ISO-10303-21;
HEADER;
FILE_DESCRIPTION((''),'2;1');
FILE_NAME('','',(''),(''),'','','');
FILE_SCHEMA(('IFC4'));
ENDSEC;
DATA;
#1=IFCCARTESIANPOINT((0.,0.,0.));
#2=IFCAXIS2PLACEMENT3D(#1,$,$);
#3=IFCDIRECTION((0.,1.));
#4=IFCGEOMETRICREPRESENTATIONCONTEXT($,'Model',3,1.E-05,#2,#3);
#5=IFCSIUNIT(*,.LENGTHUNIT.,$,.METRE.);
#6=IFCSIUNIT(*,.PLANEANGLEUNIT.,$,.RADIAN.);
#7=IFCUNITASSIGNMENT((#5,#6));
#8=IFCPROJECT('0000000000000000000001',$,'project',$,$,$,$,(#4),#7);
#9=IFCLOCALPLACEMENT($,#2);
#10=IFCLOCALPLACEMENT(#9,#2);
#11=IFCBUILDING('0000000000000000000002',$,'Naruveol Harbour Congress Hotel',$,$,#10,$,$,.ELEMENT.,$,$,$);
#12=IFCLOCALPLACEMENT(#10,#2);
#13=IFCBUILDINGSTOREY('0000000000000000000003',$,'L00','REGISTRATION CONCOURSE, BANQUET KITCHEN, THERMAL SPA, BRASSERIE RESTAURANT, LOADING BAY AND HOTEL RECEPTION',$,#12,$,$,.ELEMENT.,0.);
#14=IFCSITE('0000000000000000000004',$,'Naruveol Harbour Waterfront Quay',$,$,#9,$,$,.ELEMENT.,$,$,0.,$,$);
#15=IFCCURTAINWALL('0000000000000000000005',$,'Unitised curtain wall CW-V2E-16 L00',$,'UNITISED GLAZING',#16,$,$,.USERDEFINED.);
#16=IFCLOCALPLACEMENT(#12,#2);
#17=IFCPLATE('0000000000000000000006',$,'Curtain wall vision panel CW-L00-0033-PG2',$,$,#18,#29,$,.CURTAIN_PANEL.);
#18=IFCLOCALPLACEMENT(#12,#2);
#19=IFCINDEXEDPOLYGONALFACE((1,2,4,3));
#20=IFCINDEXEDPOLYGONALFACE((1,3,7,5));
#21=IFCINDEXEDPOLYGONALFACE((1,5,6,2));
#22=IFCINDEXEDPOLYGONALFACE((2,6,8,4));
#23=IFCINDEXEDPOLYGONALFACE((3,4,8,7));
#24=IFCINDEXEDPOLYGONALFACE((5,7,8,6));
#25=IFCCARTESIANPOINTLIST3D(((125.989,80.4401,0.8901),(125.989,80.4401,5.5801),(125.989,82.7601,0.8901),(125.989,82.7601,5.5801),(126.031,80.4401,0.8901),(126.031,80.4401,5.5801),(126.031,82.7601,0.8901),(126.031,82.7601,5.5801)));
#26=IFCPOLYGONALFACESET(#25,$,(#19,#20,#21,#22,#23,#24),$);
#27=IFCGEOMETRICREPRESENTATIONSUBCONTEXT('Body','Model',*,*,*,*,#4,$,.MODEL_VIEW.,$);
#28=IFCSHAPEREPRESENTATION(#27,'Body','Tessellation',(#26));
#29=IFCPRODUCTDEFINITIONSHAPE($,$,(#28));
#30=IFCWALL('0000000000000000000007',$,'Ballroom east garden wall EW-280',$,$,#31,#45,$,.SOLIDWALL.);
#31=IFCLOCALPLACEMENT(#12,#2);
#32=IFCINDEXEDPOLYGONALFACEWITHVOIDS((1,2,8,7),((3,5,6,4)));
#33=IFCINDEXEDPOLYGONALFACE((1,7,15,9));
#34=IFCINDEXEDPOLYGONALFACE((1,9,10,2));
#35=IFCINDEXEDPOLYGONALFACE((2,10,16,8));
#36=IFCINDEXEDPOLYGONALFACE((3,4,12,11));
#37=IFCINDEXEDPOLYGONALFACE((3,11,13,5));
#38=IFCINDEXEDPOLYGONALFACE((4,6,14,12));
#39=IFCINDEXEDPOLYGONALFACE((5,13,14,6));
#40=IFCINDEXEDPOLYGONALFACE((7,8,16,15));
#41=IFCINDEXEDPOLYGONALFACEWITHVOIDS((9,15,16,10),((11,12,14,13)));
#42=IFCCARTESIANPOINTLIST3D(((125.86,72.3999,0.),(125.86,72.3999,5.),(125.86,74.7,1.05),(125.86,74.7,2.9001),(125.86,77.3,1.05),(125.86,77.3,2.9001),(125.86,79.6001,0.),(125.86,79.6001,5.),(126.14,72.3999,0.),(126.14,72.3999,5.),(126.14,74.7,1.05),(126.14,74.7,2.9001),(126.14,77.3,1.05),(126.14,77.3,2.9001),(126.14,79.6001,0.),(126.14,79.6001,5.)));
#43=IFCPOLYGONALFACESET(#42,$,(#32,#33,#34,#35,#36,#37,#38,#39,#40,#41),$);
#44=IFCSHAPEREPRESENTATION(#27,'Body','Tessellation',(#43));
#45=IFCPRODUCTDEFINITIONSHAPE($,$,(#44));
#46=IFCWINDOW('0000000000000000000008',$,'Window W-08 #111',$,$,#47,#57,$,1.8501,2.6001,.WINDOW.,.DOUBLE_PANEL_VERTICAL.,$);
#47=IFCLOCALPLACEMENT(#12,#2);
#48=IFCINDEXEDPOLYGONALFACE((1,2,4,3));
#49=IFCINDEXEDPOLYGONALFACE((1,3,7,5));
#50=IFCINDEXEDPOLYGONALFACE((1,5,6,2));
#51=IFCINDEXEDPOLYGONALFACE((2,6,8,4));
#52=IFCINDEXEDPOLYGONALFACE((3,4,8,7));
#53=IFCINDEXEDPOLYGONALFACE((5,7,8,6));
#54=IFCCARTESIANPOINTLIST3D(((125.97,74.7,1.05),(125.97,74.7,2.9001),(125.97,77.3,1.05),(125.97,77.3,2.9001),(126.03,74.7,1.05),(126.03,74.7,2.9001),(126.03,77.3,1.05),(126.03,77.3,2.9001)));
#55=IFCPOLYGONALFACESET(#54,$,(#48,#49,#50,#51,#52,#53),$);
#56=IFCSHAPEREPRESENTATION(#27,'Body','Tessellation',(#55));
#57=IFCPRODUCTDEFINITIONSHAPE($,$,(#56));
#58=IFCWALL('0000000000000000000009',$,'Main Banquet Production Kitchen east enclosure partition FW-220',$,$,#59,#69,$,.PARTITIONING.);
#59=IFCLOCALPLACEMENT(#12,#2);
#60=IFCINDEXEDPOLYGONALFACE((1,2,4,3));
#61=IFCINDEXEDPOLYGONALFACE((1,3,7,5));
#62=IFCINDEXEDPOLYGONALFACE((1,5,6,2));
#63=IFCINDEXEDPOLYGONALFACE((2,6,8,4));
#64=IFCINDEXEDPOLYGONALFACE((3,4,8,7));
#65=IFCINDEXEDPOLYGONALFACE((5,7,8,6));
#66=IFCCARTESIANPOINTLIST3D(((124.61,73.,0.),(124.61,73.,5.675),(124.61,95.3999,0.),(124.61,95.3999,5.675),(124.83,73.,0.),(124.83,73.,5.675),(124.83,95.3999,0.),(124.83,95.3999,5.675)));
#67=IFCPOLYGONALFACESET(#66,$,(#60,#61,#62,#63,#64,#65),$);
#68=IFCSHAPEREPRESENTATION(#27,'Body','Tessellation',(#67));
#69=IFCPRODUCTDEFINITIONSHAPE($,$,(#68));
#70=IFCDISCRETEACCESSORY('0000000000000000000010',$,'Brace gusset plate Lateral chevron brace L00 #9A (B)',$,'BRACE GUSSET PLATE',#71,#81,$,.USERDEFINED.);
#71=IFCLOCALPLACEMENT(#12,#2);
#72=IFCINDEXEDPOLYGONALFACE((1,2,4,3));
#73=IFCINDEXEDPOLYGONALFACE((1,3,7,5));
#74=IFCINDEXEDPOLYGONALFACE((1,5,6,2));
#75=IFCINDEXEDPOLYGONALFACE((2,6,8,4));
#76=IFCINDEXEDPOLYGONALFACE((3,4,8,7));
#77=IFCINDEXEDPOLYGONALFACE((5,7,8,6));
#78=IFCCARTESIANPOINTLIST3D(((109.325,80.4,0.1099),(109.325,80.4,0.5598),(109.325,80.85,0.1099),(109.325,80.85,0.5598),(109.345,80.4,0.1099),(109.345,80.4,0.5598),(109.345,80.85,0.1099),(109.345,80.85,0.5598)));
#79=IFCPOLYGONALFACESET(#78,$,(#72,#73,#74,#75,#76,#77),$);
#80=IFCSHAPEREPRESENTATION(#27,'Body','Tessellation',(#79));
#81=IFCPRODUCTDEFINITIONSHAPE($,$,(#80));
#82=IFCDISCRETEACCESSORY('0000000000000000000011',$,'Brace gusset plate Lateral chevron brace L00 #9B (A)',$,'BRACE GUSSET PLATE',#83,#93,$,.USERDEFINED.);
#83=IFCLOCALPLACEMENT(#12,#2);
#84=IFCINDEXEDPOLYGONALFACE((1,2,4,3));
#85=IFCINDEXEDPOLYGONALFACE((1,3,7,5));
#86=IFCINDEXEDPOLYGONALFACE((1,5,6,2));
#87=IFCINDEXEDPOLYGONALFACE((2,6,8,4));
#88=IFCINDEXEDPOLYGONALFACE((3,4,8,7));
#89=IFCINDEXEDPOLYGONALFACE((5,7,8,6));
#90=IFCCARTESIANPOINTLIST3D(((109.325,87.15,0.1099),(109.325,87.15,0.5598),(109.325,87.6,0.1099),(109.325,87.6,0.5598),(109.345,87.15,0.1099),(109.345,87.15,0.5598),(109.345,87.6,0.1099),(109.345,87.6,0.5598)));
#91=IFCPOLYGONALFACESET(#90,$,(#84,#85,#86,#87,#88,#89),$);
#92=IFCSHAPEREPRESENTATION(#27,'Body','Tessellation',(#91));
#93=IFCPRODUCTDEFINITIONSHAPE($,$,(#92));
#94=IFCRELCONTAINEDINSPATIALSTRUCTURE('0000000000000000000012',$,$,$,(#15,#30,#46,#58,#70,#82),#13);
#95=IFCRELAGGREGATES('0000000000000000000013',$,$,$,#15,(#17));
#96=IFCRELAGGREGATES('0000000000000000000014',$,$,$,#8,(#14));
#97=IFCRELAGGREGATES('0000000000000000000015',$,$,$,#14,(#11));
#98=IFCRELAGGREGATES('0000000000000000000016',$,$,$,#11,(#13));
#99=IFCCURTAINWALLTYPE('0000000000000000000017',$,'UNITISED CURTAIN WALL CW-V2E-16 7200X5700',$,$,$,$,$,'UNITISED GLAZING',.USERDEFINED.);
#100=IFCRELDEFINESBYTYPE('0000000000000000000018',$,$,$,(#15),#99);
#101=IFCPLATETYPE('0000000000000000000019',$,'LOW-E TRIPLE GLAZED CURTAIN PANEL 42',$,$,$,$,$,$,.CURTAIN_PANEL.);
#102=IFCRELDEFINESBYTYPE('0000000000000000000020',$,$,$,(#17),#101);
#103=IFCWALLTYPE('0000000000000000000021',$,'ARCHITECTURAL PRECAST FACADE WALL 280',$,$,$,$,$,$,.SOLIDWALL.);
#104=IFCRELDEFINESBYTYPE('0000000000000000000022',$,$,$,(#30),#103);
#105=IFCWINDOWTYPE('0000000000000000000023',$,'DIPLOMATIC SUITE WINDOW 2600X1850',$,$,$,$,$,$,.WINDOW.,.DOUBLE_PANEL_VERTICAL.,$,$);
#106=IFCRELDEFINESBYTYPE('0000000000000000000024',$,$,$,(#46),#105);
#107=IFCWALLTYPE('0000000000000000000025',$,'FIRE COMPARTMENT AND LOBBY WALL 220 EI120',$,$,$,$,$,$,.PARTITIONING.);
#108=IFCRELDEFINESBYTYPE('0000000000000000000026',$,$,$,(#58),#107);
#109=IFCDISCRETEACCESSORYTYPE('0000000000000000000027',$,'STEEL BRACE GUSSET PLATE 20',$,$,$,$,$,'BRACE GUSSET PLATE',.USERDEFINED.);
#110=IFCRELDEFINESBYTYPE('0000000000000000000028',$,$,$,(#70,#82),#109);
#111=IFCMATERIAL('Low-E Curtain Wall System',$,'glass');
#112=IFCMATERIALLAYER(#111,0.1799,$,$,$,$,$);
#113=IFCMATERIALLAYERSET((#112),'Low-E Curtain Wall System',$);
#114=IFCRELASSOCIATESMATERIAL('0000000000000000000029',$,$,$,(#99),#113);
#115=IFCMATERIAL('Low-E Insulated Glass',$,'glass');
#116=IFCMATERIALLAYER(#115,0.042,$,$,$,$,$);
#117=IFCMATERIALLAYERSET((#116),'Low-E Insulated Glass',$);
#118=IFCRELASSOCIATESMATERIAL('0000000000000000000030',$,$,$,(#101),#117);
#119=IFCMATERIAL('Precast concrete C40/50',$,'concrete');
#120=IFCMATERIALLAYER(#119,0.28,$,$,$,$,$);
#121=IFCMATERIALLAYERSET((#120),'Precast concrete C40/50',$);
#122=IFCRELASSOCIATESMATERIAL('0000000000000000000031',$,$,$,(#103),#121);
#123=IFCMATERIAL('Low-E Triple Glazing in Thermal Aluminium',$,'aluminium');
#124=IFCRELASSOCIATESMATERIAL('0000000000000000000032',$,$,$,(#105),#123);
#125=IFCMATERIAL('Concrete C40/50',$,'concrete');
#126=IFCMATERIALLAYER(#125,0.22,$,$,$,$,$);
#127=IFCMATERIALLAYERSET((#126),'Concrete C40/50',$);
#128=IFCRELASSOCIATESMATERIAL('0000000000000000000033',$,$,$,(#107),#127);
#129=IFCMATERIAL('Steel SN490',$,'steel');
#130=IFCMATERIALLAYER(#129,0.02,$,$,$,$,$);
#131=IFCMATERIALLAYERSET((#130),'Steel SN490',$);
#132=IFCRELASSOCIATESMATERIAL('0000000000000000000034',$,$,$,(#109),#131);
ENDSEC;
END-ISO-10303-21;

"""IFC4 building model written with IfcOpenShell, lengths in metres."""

from ifc_helpers import new_model, si_unit, direction, frame, frame_2d, origin, origin_2d, place, context, subcontext, project, spatial, rectangle, extrude, material, layer, layer_set, type_object, element, fill, aggregate, save


model = new_model("IFC4")

# Units and contexts
model_context = context("Model", 3, precision=1e-05, world=origin(), true_north=direction((0.0, 1.0)))
body_context = subcontext(model_context, "Body", "Model", "MODEL_VIEW")
ifc_project = project(units=[si_unit("LENGTHUNIT", "METRE"), si_unit("PLANEANGLEUNIT", "RADIAN")], contexts=[model_context])

# Site, building, storey
site_placement = place(None, origin())
site = spatial("IfcSite", under=ifc_project, at=site_placement, Name="Naruveol Harbour Waterfront Quay", CompositionType="ELEMENT", RefElevation=0.0)
building_placement = place(site_placement, origin())
building = spatial("IfcBuilding", under=site, at=building_placement, Name="Naruveol Harbour Congress Hotel", CompositionType="ELEMENT")
storey_placement = place(building_placement, origin())
storey = spatial("IfcBuildingStorey", under=building, at=storey_placement, Name="L00", Description="REGISTRATION CONCOURSE, BANQUET KITCHEN, THERMAL SPA, BRASSERIE RESTAURANT, LOADING BAY AND HOTEL RECEPTION", CompositionType="ELEMENT", Elevation=0.0)

# Curtain wall, plate
ifc_material_1 = material(Name="Low-E Curtain Wall System", Category="glass")
ifc_layer_1 = layer(ifc_material_1, 0.1799)
ifc_layer_set_1 = layer_set([ifc_layer_1], Name="Low-E Curtain Wall System")
curtain_wall_type = type_object("IfcCurtainWallType", Name="UNITISED CURTAIN WALL CW-V2E-16 7200X5700", ElementType="UNITISED GLAZING", PredefinedType="USERDEFINED", material=ifc_layer_set_1)
curtain_wall_placement = place(storey_placement, origin())
curtain_wall = element("IfcCurtainWall", 1, at=curtain_wall_placement, inside=storey, type_object=curtain_wall_type, Name="Unitised curtain wall CW-V2E-16 L00", ObjectType="UNITISED GLAZING", PredefinedType="USERDEFINED")
ifc_material_2 = material(Name="Low-E Insulated Glass", Category="glass")
ifc_layer_2 = layer(ifc_material_2, 0.042)
ifc_layer_set_2 = layer_set([ifc_layer_2], Name="Low-E Insulated Glass")
plate_type_1 = type_object("IfcPlateType", Name="LOW-E TRIPLE GLAZED CURTAIN PANEL 42", PredefinedType="CURTAIN_PANEL", material=ifc_layer_set_2)
plate_1_placement = place(storey_placement, frame((126.01, 81.6001, 0.8901), z_axis=(0.0, 0.0, 1.0), x_axis=(0.0, -1.0, 0.0)))
plate_1 = element("IfcPlate", 2, at=plate_1_placement, type_object=plate_type_1, Name="Curtain wall vision panel CW-L00-0033-PG2", PredefinedType="CURTAIN_PANEL", context=body_context, shape_type="SweptSolid", body=[
    extrude(rectangle(XDim=2.3201, YDim=0.042, at=origin_2d()), origin(), (0.0, 0.0, 1.0), 4.6899),
])
aggregate(curtain_wall, [plate_1])

# Wall, opening, window
ifc_material_3 = material(Name="Precast concrete C40/50", Category="concrete")
ifc_layer_3 = layer(ifc_material_3, 0.28)
ifc_layer_set_3 = layer_set([ifc_layer_3], Name="Precast concrete C40/50")
wall_type_1 = type_object("IfcWallType", Name="ARCHITECTURAL PRECAST FACADE WALL 280", PredefinedType="SOLIDWALL", material=ifc_layer_set_3)
wall_1_placement = place(storey_placement, frame((126.0, 79.6001, 0.0), z_axis=(0.0, 0.0, 1.0), x_axis=(0.0, -1.0, 0.0)))
wall_1 = element("IfcWall", 3, at=wall_1_placement, inside=storey, type_object=wall_type_1, Name="Ballroom east garden wall EW-280", PredefinedType="SOLIDWALL", context=body_context, shape_type="SweptSolid", body=[
    extrude(rectangle(XDim=7.2002, YDim=0.28, at=frame_2d((3.6001, 0.0))), origin(), (0.0, 0.0, 1.0), 5.0),
])
opening_placement = place(wall_1_placement, frame((2.3, 0.0, 1.05)))
opening = element("IfcOpeningElement", 4, at=opening_placement, cuts=wall_1, PredefinedType="OPENING", context=body_context, shape_type="SweptSolid", body=[
    extrude(rectangle(XDim=2.6001, YDim=1.8501, at=frame_2d((1.3, 0.925))), frame((0.0, 0.1499, 0.0), z_axis=(0.0, -1.0, 0.0), x_axis=(1.0, 0.0, 0.0)), (0.0, 0.0, 1.0), 0.3),
])
ifc_material_4 = material(Name="Low-E Triple Glazing in Thermal Aluminium", Category="aluminium")
window_type = type_object("IfcWindowType", Name="DIPLOMATIC SUITE WINDOW 2600X1850", PartitioningType="DOUBLE_PANEL_VERTICAL", PredefinedType="WINDOW", material=ifc_material_4)
window_placement = place(opening_placement, origin())
window = element("IfcWindow", 5, at=window_placement, inside=storey, type_object=window_type, Name="Window W-08 #111", OverallHeight=1.8501, OverallWidth=2.6001, PartitioningType="DOUBLE_PANEL_VERTICAL", PredefinedType="WINDOW", context=body_context, shape_type="SweptSolid", body=[
    extrude(rectangle(XDim=2.6001, YDim=1.8501, at=frame_2d((1.3, 0.925))), frame((0.0, 0.03, 0.0), z_axis=(0.0, -1.0, 0.0), x_axis=(1.0, 0.0, 0.0)), (0.0, 0.0, 1.0), 0.0601),
])
fill(opening, window)

# Wall
ifc_material_5 = material(Name="Concrete C40/50", Category="concrete")
ifc_layer_4 = layer(ifc_material_5, 0.22)
ifc_layer_set_4 = layer_set([ifc_layer_4], Name="Concrete C40/50")
wall_type_2 = type_object("IfcWallType", Name="FIRE COMPARTMENT AND LOBBY WALL 220 EI120", PredefinedType="PARTITIONING", material=ifc_layer_set_4)
wall_2_placement = place(storey_placement, frame((124.72, 73.0, 0.0), z_axis=(0.0, 0.0, 1.0), x_axis=(0.0, 1.0, 0.0)))
element("IfcWall", 6, at=wall_2_placement, inside=storey, type_object=wall_type_2, Name="Main Banquet Production Kitchen east enclosure partition FW-220", PredefinedType="PARTITIONING", context=body_context, shape_type="SweptSolid", body=[
    extrude(rectangle(XDim=22.3999, YDim=0.22, at=frame_2d((11.2, 0.0))), origin(), (0.0, 0.0, 1.0), 5.675),
])

# Discrete accessories
ifc_material_6 = material(Name="Steel SN490", Category="steel")
ifc_layer_5 = layer(ifc_material_6, 0.02)
ifc_layer_set_5 = layer_set([ifc_layer_5], Name="Steel SN490")
discrete_accessory_type = type_object("IfcDiscreteAccessoryType", Name="STEEL BRACE GUSSET PLATE 20", ElementType="BRACE GUSSET PLATE", PredefinedType="USERDEFINED", material=ifc_layer_set_5)
for number, where, z_axis, x_axis, name in (
    (7, (109.335, 80.625, 0.1099), (0.0, 0.0, 1.0), (0.0, 1.0, 0.0), "Brace gusset plate Lateral chevron brace L00 #9A (B)"),
    (8, (109.335, 87.375, 0.1099), (0.0, 0.0, 1.0), (0.0, -1.0, 0.0), "Brace gusset plate Lateral chevron brace L00 #9B (A)"),
):
    element("IfcDiscreteAccessory", number, at=place(storey_placement, frame(where, z_axis=z_axis, x_axis=x_axis)), inside=storey, type_object=discrete_accessory_type, Name=name, ObjectType="BRACE GUSSET PLATE", PredefinedType="USERDEFINED", context=body_context, shape_type="SweptSolid", body=[
        extrude(rectangle(XDim=0.45, YDim=0.02, at=origin_2d()), origin(), (0.0, 0.0, 1.0), 0.45),
    ])

save(model, "model.ifc")
